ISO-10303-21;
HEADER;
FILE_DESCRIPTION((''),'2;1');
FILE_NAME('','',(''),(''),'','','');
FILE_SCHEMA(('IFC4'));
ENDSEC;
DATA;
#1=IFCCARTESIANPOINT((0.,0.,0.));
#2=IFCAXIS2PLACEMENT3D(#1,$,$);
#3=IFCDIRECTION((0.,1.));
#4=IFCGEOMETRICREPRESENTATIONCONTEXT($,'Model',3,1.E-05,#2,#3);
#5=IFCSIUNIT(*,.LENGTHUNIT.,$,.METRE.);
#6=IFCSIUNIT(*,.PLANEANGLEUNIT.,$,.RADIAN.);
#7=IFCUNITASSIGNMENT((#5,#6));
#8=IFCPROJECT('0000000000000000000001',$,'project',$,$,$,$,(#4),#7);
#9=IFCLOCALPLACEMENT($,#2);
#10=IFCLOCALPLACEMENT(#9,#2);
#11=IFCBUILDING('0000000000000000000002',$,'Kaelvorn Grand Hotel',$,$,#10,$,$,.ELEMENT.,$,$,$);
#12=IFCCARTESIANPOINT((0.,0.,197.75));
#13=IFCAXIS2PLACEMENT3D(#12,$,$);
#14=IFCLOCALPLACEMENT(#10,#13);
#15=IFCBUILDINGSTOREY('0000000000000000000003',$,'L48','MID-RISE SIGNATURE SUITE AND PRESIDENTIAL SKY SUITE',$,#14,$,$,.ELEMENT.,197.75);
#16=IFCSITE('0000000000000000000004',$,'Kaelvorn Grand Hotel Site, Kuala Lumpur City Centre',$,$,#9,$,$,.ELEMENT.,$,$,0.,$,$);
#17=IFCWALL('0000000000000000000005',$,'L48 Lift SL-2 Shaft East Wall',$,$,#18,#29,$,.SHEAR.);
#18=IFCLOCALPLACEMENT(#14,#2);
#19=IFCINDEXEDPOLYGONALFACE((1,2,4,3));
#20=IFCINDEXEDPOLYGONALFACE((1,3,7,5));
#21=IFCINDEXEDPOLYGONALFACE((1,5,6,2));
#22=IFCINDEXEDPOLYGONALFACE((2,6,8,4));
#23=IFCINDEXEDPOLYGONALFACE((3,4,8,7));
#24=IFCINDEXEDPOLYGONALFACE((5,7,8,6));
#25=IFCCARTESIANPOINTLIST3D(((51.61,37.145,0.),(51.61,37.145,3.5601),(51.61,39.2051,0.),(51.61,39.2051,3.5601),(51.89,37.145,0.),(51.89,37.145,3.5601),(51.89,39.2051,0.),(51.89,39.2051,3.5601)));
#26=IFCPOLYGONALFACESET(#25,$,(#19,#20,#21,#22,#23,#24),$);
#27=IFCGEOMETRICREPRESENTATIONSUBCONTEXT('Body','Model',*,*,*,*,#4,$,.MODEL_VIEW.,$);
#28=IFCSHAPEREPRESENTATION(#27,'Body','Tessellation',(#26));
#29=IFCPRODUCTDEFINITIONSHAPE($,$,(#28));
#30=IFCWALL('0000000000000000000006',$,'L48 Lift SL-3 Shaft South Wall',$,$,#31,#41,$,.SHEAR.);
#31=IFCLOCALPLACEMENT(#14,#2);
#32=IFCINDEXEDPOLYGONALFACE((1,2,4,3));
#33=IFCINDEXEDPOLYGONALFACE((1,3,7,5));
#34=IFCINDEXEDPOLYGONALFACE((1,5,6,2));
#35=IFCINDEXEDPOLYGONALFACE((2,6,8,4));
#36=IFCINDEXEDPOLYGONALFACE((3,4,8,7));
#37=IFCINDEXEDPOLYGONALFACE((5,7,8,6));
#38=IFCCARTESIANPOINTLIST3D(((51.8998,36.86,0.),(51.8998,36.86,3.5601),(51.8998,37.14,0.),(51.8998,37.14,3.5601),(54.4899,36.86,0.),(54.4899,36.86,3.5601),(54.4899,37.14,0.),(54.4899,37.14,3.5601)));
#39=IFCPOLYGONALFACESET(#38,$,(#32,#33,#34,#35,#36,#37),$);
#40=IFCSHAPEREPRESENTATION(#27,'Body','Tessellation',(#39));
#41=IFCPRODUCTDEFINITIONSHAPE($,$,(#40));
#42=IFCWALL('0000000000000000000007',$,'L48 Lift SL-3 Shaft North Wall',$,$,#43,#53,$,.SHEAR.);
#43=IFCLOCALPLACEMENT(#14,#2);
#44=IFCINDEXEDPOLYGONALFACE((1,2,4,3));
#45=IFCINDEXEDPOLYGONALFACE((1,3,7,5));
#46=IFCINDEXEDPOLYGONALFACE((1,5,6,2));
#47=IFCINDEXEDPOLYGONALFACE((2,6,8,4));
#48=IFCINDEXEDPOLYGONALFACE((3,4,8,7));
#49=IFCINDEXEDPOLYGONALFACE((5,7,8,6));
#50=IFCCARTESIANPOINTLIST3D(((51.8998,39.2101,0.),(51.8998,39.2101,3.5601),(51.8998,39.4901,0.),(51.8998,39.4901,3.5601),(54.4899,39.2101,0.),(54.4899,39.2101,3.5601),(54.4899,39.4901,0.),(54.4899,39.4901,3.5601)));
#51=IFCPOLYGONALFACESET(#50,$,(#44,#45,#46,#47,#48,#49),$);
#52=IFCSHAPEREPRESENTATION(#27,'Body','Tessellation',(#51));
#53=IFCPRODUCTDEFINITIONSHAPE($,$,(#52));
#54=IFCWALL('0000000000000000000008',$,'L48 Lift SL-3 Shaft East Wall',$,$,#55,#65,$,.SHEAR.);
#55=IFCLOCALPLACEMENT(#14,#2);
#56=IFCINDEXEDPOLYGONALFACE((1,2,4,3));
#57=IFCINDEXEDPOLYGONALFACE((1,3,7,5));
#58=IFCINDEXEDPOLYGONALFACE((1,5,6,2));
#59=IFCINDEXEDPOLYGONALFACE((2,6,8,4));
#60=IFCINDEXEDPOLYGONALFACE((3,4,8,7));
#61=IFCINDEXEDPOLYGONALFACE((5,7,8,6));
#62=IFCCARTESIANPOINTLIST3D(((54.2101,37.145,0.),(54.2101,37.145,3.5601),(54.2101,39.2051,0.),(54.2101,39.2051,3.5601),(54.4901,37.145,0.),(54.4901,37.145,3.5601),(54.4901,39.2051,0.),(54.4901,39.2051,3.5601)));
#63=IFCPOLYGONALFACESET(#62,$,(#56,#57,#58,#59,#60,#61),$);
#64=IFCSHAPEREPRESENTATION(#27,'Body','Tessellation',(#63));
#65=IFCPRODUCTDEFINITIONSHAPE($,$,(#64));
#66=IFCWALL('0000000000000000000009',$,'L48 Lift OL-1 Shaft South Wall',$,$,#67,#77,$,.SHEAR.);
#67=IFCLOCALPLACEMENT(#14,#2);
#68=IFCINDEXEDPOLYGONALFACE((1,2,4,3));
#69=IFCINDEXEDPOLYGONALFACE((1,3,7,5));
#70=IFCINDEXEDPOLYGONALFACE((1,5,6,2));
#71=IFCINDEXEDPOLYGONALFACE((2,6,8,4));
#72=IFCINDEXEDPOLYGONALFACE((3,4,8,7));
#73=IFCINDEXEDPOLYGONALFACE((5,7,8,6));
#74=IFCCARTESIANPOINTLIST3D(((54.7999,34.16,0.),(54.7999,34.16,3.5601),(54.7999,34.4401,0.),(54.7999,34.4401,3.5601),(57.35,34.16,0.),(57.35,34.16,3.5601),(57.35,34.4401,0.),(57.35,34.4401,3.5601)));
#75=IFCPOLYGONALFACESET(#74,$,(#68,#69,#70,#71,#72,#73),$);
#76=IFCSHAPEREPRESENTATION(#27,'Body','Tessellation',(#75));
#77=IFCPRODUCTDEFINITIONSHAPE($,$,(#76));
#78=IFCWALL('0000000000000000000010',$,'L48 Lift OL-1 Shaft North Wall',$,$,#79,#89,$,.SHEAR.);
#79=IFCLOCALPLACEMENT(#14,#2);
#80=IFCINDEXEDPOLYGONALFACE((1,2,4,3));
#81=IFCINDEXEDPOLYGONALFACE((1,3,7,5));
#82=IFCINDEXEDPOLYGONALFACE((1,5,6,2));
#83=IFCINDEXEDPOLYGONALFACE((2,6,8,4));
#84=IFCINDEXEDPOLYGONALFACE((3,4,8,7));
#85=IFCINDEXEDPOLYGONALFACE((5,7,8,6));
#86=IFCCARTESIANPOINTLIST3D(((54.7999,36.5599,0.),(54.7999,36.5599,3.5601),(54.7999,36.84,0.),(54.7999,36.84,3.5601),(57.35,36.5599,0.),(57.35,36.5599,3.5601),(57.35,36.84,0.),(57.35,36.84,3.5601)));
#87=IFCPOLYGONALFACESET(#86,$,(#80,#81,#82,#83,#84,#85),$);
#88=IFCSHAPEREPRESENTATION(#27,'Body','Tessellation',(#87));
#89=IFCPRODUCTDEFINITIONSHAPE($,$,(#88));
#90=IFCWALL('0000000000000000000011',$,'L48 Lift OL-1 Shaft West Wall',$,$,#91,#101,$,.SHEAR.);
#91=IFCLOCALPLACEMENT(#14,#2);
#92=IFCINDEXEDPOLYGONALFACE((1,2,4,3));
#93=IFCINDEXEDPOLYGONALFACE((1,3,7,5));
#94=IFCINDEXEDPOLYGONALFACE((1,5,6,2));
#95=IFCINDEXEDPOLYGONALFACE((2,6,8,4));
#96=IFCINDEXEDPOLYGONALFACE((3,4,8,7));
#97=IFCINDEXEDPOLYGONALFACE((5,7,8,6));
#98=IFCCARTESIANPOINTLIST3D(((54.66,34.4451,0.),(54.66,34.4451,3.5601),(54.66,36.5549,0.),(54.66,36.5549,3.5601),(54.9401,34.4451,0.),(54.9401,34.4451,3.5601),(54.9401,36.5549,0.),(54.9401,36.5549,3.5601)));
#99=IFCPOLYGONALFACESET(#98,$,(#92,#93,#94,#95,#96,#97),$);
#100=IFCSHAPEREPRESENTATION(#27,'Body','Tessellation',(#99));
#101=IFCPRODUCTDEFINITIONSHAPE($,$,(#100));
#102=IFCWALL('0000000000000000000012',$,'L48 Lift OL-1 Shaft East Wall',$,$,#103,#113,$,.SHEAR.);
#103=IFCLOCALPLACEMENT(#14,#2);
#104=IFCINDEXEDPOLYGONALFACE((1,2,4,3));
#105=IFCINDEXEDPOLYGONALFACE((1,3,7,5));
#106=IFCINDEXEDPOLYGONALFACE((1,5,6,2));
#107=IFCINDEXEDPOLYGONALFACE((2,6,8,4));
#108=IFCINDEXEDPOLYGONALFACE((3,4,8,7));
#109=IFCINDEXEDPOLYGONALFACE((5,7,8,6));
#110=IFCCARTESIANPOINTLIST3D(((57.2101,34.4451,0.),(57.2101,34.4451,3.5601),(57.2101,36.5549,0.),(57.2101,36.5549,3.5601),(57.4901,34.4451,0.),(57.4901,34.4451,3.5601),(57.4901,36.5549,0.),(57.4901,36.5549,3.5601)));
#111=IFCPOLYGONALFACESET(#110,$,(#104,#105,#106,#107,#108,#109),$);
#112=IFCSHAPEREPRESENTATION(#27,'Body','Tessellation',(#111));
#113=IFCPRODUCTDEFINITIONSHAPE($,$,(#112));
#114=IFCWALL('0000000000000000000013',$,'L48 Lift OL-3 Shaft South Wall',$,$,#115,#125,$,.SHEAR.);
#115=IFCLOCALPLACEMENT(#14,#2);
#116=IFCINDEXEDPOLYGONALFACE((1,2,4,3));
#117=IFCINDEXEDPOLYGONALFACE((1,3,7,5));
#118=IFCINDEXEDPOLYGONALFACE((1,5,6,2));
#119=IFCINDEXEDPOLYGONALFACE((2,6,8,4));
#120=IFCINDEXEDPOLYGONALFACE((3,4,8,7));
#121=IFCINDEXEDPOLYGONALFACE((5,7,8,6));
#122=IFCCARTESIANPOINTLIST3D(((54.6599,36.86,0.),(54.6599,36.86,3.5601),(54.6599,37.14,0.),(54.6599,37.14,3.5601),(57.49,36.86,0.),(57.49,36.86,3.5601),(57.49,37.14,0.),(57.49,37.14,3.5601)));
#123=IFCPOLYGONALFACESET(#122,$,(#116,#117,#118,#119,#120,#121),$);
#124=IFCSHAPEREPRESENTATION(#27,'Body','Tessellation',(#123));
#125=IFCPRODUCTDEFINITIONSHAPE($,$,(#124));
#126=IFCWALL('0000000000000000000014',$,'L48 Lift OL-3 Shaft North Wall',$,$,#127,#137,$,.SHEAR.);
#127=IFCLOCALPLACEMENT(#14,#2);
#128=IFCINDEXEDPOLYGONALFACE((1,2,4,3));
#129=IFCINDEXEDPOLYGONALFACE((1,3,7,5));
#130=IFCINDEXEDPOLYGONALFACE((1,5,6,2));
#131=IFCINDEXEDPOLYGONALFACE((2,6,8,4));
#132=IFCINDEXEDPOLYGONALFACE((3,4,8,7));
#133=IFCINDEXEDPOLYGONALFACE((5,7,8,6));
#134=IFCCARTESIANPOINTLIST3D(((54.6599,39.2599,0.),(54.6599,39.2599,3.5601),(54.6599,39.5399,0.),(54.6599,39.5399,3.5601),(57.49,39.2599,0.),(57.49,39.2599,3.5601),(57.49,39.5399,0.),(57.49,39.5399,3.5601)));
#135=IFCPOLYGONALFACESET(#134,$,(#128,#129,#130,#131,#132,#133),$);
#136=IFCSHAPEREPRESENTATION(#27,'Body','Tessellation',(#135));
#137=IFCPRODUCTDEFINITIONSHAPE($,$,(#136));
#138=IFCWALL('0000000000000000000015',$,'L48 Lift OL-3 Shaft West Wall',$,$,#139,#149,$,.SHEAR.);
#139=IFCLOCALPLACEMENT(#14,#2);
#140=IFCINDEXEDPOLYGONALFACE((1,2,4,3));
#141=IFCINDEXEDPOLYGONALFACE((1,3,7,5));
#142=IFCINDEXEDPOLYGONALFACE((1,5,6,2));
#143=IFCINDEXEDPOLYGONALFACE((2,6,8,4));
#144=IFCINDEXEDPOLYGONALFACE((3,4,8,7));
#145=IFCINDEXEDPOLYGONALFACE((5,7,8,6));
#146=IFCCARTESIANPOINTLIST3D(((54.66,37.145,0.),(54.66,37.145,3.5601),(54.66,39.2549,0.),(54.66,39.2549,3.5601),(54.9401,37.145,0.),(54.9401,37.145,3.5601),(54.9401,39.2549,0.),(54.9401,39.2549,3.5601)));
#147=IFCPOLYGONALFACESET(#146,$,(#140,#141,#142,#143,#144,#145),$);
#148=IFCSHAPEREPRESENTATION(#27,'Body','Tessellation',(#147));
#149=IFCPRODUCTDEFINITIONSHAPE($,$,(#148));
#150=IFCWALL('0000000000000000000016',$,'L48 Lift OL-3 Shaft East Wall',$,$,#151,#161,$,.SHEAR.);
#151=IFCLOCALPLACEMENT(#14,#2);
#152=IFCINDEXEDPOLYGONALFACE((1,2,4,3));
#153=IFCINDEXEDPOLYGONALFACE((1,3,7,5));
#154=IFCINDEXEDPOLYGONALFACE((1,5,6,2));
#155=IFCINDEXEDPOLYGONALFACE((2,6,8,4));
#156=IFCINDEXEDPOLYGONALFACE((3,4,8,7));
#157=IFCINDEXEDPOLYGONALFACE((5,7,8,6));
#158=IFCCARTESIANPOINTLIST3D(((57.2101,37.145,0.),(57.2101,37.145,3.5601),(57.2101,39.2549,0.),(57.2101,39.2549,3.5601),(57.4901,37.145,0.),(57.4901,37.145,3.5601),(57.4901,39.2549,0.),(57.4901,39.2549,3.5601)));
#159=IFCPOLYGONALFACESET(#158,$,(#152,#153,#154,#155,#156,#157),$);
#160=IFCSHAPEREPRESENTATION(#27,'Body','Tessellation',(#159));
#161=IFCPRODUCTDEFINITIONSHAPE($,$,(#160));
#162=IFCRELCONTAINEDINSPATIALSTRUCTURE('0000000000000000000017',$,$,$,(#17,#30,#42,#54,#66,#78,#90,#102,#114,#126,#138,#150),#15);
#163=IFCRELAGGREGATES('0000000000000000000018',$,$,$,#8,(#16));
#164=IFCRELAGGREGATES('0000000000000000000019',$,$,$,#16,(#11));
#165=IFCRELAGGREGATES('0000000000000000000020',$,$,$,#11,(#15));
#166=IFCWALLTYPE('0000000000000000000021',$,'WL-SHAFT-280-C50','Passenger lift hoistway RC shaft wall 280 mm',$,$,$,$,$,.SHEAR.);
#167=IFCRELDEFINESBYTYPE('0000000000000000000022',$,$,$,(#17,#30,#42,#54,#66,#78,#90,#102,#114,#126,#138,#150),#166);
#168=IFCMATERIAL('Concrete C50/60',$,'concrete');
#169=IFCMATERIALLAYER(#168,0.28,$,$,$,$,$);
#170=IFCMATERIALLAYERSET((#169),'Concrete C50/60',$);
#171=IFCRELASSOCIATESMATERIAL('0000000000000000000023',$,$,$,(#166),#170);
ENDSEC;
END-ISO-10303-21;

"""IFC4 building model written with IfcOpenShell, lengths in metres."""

from ifc_helpers import new_model, si_unit, direction, frame, frame_2d, origin, place, context, subcontext, project, spatial, rectangle, extrude, material, layer, layer_set, type_object, element, save


model = new_model("IFC4")

# Units and contexts
model_context = context("Model", 3, precision=1e-05, world=origin(), true_north=direction((0.0, 1.0)))
body_context = subcontext(model_context, "Body", "Model", "MODEL_VIEW")
ifc_project = project(units=[si_unit("LENGTHUNIT", "METRE"), si_unit("PLANEANGLEUNIT", "RADIAN")], contexts=[model_context])

# Site, building, storey
site_placement = place(None, origin())
site = spatial("IfcSite", under=ifc_project, at=site_placement, Name="Kaelvorn Grand Hotel Site, Kuala Lumpur City Centre", CompositionType="ELEMENT", RefElevation=0.0)
building_placement = place(site_placement, origin())
building = spatial("IfcBuilding", under=site, at=building_placement, Name="Kaelvorn Grand Hotel", CompositionType="ELEMENT")
storey_placement = place(building_placement, frame((0.0, 0.0, 197.75)))
storey = spatial("IfcBuildingStorey", under=building, at=storey_placement, Name="L48", Description="MID-RISE SIGNATURE SUITE AND PRESIDENTIAL SKY SUITE", CompositionType="ELEMENT", Elevation=197.75)

# Shared definitions
ifc_material_1 = material(Name="Concrete C50/60", Category="concrete")

# Shared definitions
ifc_layer_1 = layer(ifc_material_1, 0.28)
ifc_layer_set_1 = layer_set([ifc_layer_1], Name="Concrete C50/60")
wall_type_1 = type_object("IfcWallType", Name="WL-SHAFT-280-C50", Description="Passenger lift hoistway RC shaft wall 280 mm", PredefinedType="SHEAR", material=ifc_layer_set_1)

# Walls
wall_1_placement = place(storey_placement, frame((51.75, 37.145, 0.0), z_axis=(0.0, 0.0, 1.0), x_axis=(0.0, 1.0, 0.0)))
element("IfcWall", 1, at=wall_1_placement, inside=storey, type_object=wall_type_1, Name="L48 Lift SL-2 Shaft East Wall", PredefinedType="SHEAR", context=body_context, shape_type="SweptSolid", body=[
    extrude(rectangle(XDim=2.0601, YDim=0.28, at=frame_2d((1.03, 0.0))), origin(), (0.0, 0.0, 1.0), 3.5601),
])
for number, where, z_axis, x_axis, name in (
    (2, (51.8999, 37.0, 0.0), (0.0, 0.0, 1.0), (1.0, 0.0, 0.0), "L48 Lift SL-3 Shaft South Wall"),
    (3, (51.8999, 39.3501, 0.0), (0.0, 0.0, 1.0), (1.0, 0.0, 0.0), "L48 Lift SL-3 Shaft North Wall"),
):
    element("IfcWall", number, at=place(storey_placement, frame(where, z_axis=z_axis, x_axis=x_axis)), inside=storey, type_object=wall_type_1, Name=name, PredefinedType="SHEAR", context=body_context, shape_type="SweptSolid", body=[
        extrude(rectangle(XDim=2.5901, YDim=0.28, at=frame_2d((1.2949, 0.0))), origin(), (0.0, 0.0, 1.0), 3.5601),
    ])
wall_2_placement = place(storey_placement, frame((54.3501, 37.145, 0.0), z_axis=(0.0, 0.0, 1.0), x_axis=(0.0, 1.0, 0.0)))
element("IfcWall", 4, at=wall_2_placement, inside=storey, type_object=wall_type_1, Name="L48 Lift SL-3 Shaft East Wall", PredefinedType="SHEAR", context=body_context, shape_type="SweptSolid", body=[
    extrude(rectangle(XDim=2.0601, YDim=0.28, at=frame_2d((1.03, 0.0))), origin(), (0.0, 0.0, 1.0), 3.5601),
])
for number, where, z_axis, x_axis, name in (
    (5, (54.8, 34.3, 0.0), (0.0, 0.0, 1.0), (1.0, 0.0, 0.0), "L48 Lift OL-1 Shaft South Wall"),
    (6, (54.8, 36.7, 0.0), (0.0, 0.0, 1.0), (1.0, 0.0, 0.0), "L48 Lift OL-1 Shaft North Wall"),
):
    element("IfcWall", number, at=place(storey_placement, frame(where, z_axis=z_axis, x_axis=x_axis)), inside=storey, type_object=wall_type_1, Name=name, PredefinedType="SHEAR", context=body_context, shape_type="SweptSolid", body=[
        extrude(rectangle(XDim=2.55, YDim=0.28, at=frame_2d((1.2749, 0.0))), origin(), (0.0, 0.0, 1.0), 3.5601),
    ])
for number, where, z_axis, x_axis, name in (
    (7, (54.8, 34.4451, 0.0), (0.0, 0.0, 1.0), (0.0, 1.0, 0.0), "L48 Lift OL-1 Shaft West Wall"),
    (8, (57.3501, 34.4451, 0.0), (0.0, 0.0, 1.0), (0.0, 1.0, 0.0), "L48 Lift OL-1 Shaft East Wall"),
):
    element("IfcWall", number, at=place(storey_placement, frame(where, z_axis=z_axis, x_axis=x_axis)), inside=storey, type_object=wall_type_1, Name=name, PredefinedType="SHEAR", context=body_context, shape_type="SweptSolid", body=[
        extrude(rectangle(XDim=2.1099, YDim=0.28, at=frame_2d((1.0549, 0.0))), origin(), (0.0, 0.0, 1.0), 3.5601),
    ])
for number, where, z_axis, x_axis, name in (
    (9, (54.6599, 37.0, 0.0), (0.0, 0.0, 1.0), (1.0, 0.0, 0.0), "L48 Lift OL-3 Shaft South Wall"),
    (10, (54.6599, 39.3999, 0.0), (0.0, 0.0, 1.0), (1.0, 0.0, 0.0), "L48 Lift OL-3 Shaft North Wall"),
):
    element("IfcWall", number, at=place(storey_placement, frame(where, z_axis=z_axis, x_axis=x_axis)), inside=storey, type_object=wall_type_1, Name=name, PredefinedType="SHEAR", context=body_context, shape_type="SweptSolid", body=[
        extrude(rectangle(XDim=2.8301, YDim=0.28, at=frame_2d((1.415, 0.0))), origin(), (0.0, 0.0, 1.0), 3.5601),
    ])
for number, where, z_axis, x_axis, name in (
    (11, (54.8, 37.145, 0.0), (0.0, 0.0, 1.0), (0.0, 1.0, 0.0), "L48 Lift OL-3 Shaft West Wall"),
    (12, (57.3501, 37.145, 0.0), (0.0, 0.0, 1.0), (0.0, 1.0, 0.0), "L48 Lift OL-3 Shaft East Wall"),
):
    element("IfcWall", number, at=place(storey_placement, frame(where, z_axis=z_axis, x_axis=x_axis)), inside=storey, type_object=wall_type_1, Name=name, PredefinedType="SHEAR", context=body_context, shape_type="SweptSolid", body=[
        extrude(rectangle(XDim=2.1099, YDim=0.28, at=frame_2d((1.0549, 0.0))), origin(), (0.0, 0.0, 1.0), 3.5601),
    ])

save(model, "model.ifc")
